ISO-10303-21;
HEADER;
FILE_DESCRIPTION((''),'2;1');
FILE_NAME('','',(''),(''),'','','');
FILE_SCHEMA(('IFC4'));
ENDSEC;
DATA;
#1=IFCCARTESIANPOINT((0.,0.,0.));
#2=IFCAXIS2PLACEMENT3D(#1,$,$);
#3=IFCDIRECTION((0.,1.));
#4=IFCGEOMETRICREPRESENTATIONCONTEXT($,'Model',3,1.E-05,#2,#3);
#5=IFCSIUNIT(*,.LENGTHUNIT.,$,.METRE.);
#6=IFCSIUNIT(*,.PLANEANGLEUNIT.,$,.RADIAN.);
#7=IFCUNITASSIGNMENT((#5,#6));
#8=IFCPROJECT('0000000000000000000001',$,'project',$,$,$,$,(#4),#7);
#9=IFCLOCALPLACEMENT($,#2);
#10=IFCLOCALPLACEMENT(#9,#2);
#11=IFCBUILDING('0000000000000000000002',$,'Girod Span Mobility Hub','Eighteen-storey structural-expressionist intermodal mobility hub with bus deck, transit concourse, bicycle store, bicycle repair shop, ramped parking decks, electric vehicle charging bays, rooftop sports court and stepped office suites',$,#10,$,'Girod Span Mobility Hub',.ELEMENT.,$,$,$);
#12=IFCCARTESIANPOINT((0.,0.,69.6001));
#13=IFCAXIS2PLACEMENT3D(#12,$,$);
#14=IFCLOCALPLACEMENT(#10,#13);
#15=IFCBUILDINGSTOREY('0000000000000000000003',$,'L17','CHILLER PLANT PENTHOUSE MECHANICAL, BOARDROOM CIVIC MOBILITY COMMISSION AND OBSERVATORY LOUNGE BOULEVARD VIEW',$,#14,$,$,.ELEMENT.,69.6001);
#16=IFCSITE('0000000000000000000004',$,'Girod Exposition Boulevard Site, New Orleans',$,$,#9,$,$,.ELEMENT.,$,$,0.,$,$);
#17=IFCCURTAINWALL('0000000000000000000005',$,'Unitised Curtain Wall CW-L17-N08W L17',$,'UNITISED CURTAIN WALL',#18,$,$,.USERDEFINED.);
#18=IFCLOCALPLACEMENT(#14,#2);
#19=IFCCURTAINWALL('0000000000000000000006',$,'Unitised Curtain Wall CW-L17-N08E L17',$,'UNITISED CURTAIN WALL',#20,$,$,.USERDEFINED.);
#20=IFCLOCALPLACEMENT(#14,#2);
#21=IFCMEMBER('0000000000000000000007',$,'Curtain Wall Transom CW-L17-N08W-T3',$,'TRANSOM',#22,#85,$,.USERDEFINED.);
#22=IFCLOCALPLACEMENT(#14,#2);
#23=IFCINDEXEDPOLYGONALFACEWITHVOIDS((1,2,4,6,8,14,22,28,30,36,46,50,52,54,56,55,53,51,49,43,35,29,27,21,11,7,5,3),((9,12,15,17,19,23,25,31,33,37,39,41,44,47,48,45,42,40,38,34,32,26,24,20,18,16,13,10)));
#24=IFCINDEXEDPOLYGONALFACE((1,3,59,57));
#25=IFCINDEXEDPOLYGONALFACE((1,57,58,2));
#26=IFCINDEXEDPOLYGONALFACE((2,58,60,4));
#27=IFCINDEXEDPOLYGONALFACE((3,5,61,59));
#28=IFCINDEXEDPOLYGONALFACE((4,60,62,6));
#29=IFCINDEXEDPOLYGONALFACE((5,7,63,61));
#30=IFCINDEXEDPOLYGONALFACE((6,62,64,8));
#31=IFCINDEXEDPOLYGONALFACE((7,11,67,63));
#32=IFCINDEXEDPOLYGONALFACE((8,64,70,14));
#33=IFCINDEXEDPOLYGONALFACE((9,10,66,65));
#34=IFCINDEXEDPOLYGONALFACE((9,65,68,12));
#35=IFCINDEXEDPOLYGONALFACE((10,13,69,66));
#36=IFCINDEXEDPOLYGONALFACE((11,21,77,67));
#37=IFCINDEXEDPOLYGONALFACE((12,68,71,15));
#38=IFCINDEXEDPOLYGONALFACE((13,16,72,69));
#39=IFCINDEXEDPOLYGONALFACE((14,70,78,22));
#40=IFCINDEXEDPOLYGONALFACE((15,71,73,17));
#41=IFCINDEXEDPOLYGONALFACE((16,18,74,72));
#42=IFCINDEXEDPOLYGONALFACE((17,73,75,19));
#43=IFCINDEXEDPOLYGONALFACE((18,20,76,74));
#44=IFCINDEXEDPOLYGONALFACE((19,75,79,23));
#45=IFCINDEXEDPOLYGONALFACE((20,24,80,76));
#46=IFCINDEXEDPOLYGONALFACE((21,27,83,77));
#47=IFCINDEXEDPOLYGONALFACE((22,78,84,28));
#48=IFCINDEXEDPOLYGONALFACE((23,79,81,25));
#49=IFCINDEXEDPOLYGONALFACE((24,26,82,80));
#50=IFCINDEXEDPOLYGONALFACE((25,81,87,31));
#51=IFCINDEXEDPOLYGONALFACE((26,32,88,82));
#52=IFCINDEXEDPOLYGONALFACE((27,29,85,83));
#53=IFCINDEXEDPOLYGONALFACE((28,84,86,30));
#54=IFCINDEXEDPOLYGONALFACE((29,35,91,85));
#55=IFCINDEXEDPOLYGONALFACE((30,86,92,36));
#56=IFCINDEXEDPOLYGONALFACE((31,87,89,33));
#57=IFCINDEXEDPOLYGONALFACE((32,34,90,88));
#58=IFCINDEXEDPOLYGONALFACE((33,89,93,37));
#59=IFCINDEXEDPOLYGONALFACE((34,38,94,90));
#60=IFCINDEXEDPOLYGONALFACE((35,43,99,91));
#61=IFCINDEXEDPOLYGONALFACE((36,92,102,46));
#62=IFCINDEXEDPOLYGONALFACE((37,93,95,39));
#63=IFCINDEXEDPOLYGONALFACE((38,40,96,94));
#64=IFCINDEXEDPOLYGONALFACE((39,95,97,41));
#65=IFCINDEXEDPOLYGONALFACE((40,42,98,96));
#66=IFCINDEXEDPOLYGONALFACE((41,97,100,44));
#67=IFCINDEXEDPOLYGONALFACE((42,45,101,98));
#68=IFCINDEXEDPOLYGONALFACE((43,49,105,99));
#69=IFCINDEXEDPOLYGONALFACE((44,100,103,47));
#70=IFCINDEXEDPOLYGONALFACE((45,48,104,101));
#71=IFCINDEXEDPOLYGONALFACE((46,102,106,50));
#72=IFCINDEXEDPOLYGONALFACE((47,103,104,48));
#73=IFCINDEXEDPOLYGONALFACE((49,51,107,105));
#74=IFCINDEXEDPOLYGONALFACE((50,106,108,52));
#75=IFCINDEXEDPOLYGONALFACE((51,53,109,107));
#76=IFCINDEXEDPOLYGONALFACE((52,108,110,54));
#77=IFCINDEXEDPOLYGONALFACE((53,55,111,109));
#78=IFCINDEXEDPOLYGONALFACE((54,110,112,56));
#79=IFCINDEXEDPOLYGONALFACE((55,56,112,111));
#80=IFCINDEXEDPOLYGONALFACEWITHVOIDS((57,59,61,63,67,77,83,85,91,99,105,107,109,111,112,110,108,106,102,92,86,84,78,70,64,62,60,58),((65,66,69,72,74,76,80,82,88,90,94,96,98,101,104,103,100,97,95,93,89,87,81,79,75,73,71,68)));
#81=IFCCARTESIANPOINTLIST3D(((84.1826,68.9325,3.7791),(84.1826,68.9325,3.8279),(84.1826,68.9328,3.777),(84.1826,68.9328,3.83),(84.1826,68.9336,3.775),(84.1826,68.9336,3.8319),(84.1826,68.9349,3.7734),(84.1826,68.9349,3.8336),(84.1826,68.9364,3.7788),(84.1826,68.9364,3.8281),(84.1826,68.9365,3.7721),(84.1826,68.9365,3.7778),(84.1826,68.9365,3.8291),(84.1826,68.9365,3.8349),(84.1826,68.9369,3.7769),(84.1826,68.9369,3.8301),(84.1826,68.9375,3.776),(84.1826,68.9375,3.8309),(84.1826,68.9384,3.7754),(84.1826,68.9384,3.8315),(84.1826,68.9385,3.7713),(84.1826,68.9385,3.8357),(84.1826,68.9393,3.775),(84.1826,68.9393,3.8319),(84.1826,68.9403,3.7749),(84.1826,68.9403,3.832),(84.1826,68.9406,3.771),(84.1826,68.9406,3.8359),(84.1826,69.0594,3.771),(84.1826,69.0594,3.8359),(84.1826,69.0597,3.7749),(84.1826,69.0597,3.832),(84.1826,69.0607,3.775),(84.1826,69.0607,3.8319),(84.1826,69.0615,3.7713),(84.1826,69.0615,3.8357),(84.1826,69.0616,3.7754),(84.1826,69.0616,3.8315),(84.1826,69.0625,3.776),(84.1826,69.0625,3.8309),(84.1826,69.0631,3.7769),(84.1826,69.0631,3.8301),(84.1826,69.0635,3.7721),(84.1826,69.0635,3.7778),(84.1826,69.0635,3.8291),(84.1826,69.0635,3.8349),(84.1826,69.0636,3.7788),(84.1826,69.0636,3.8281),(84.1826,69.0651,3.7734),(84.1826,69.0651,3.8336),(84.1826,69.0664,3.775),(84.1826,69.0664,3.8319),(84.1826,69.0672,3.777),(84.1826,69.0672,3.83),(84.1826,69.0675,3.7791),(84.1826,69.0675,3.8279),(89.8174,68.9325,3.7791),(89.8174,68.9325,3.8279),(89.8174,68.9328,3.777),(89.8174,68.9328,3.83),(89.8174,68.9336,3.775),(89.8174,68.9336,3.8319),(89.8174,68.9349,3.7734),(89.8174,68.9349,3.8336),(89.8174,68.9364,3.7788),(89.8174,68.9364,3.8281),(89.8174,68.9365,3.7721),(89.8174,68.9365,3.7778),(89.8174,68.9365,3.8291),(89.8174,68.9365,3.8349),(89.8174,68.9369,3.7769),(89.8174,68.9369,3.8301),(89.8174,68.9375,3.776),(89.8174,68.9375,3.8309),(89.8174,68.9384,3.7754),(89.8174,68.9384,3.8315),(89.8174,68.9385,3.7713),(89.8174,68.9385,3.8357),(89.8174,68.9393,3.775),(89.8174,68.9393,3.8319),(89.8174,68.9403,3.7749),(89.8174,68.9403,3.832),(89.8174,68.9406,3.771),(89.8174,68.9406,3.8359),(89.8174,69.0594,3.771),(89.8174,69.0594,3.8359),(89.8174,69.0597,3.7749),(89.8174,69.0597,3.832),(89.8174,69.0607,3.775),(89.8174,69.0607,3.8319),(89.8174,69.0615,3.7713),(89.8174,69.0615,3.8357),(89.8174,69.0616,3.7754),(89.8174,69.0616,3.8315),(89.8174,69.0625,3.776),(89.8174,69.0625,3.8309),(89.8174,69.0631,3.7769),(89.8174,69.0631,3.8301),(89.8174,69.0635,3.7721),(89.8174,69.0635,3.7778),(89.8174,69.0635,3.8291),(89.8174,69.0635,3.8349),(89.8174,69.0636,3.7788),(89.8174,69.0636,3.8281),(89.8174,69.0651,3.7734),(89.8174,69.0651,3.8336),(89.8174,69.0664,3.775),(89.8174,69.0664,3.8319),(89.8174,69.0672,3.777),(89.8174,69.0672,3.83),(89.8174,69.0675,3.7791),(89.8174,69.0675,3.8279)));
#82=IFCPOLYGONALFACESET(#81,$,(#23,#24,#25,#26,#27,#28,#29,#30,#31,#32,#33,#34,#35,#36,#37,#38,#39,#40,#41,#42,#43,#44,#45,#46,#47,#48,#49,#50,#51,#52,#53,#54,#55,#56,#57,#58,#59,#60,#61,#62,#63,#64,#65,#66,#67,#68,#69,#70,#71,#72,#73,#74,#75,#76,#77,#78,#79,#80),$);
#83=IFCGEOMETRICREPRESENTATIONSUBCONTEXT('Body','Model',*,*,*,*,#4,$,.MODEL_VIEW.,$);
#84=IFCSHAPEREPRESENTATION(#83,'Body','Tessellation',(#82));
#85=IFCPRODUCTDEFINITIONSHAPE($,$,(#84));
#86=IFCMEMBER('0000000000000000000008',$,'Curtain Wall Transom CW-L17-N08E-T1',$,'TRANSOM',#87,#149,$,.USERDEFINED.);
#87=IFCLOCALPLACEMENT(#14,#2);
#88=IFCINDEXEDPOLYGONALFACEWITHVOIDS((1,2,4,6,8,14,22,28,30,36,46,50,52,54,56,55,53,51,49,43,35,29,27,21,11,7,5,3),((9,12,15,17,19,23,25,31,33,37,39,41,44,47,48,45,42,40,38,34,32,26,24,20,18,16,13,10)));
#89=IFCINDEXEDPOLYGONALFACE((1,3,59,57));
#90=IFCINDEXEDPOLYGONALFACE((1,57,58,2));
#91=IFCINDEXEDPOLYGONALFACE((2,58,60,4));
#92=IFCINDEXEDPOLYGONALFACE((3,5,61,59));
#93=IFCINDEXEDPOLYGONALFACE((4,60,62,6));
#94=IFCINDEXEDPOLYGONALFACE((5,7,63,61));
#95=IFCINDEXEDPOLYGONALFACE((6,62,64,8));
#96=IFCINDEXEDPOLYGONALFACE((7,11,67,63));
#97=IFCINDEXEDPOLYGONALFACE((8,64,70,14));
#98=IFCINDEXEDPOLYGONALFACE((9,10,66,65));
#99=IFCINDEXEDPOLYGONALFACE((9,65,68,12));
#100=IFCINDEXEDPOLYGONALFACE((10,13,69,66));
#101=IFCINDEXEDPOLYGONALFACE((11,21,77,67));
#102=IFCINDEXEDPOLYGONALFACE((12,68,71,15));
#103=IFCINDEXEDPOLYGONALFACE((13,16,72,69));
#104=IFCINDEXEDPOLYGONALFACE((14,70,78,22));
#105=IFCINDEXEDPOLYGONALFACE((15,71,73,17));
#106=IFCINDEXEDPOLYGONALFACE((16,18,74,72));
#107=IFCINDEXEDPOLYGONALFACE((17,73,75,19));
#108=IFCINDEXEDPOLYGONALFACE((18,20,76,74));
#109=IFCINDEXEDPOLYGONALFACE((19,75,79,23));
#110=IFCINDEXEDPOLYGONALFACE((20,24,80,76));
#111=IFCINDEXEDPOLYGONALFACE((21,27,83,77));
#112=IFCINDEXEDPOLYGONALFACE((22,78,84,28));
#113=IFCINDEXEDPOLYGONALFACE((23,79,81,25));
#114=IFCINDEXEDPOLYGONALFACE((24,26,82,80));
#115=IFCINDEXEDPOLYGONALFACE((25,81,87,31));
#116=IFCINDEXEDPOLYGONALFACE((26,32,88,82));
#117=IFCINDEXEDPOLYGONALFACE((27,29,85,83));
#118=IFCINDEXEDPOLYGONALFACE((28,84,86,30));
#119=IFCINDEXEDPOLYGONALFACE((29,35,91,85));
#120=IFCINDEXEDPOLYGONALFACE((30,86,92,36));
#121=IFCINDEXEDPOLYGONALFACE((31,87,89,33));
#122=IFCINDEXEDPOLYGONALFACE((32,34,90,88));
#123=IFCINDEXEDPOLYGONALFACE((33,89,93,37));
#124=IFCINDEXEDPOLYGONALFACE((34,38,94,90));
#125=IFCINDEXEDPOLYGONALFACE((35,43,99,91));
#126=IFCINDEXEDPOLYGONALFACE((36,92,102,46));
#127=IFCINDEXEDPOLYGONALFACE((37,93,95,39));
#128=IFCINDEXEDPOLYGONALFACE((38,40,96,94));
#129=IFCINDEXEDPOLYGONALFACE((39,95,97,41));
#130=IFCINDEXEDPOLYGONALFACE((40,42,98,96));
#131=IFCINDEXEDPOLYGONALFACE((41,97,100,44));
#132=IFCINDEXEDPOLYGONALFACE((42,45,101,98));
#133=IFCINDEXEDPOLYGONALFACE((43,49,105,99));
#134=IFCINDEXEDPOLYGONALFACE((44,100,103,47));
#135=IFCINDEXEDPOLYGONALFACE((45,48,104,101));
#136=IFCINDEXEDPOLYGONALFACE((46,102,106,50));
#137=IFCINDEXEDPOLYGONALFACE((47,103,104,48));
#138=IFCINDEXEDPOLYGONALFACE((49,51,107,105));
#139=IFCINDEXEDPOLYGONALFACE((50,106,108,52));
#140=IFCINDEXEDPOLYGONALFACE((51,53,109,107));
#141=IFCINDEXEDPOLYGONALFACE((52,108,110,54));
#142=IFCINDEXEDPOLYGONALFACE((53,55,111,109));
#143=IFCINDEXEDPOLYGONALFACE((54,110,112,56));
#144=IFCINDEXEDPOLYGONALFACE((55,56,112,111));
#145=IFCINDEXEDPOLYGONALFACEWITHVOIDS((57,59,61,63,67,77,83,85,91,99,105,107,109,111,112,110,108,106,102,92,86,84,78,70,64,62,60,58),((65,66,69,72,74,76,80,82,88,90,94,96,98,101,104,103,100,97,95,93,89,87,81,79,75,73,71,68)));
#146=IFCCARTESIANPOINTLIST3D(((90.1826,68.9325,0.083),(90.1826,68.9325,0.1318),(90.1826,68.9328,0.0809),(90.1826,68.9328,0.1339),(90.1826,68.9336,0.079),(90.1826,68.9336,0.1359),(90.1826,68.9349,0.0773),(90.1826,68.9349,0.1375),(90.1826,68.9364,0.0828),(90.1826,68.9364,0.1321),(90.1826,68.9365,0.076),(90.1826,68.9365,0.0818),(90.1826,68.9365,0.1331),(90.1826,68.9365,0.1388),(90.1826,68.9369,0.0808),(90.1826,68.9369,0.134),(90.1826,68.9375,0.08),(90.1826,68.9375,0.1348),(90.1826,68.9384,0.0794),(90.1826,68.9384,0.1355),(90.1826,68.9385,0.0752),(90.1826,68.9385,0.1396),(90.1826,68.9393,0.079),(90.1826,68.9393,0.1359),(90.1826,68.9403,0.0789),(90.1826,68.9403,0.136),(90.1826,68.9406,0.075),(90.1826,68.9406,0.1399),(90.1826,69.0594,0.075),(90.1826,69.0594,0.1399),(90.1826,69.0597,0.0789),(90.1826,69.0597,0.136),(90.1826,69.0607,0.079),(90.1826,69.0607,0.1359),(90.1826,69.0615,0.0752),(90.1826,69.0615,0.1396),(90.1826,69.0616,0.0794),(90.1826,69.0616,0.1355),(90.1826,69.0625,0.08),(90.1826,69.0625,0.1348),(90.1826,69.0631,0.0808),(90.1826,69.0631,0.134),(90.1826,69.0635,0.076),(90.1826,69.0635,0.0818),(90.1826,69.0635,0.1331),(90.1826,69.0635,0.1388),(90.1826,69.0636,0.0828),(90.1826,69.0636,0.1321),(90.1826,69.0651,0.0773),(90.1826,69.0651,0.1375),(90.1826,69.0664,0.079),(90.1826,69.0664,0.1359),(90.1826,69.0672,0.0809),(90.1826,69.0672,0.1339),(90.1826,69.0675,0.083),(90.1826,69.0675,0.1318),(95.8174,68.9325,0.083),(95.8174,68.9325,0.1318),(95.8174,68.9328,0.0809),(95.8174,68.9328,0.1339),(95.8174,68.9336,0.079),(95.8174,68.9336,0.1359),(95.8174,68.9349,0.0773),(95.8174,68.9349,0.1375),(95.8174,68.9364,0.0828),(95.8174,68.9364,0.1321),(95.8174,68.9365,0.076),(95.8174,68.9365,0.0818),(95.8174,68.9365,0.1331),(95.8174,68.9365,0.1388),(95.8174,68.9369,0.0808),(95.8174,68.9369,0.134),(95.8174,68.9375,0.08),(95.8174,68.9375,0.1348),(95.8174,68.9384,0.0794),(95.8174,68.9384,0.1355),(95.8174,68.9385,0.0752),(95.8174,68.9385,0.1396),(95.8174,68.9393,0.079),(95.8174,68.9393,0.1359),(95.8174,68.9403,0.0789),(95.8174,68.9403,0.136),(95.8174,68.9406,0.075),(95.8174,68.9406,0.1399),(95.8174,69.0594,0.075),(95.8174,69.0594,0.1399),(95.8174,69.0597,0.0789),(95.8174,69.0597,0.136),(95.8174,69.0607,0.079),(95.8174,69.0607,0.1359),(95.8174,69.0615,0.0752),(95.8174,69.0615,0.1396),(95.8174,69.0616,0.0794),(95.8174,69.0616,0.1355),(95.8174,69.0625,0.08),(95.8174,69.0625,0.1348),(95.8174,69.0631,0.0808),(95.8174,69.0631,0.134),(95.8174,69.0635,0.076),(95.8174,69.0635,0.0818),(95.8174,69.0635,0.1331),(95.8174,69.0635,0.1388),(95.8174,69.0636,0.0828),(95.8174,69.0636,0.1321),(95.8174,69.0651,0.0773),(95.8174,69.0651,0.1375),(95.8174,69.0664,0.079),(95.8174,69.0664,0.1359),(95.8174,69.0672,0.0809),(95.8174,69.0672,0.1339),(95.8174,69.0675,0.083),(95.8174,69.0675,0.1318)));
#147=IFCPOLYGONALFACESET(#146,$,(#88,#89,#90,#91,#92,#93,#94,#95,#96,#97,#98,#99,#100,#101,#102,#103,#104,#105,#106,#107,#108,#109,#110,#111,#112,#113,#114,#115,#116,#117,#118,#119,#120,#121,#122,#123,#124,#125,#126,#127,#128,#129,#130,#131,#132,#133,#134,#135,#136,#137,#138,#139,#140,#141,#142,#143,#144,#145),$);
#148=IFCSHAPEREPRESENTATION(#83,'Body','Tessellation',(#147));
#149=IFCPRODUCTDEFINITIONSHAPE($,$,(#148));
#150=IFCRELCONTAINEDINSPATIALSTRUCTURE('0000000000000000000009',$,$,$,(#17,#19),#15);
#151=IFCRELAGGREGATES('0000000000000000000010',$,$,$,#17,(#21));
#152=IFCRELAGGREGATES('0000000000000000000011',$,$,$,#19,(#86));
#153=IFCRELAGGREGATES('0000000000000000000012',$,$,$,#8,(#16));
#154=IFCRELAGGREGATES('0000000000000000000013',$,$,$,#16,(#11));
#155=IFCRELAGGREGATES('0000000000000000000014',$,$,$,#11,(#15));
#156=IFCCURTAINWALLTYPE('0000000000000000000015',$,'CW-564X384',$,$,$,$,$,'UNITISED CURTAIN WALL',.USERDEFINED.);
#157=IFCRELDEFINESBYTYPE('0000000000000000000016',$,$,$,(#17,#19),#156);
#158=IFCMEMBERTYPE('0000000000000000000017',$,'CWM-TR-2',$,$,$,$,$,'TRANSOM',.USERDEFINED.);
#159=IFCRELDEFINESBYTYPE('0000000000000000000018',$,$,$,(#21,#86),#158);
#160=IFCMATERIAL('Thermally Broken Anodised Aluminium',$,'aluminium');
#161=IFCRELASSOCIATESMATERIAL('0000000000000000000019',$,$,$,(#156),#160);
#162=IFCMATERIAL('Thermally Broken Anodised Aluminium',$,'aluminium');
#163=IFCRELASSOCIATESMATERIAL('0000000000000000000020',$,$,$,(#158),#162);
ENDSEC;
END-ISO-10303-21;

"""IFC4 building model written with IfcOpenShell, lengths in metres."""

from ifc_helpers import new_model, si_unit, direction, frame, origin, origin_2d, place, context, subcontext, project, spatial, hollow_rectangle, extrude, material, material_profile, profile_set, type_object, element, aggregate, save


model = new_model("IFC4")

# Units and contexts
model_context = context("Model", 3, precision=1e-05, world=origin(), true_north=direction((0.0, 1.0)))
body_context = subcontext(model_context, "Body", "Model", "MODEL_VIEW")
ifc_project = project(units=[si_unit("LENGTHUNIT", "METRE"), si_unit("PLANEANGLEUNIT", "RADIAN")], contexts=[model_context])

# Site, building, storey
site_placement = place(None, origin())
site = spatial("IfcSite", under=ifc_project, at=site_placement, Name="Girod Exposition Boulevard Site, New Orleans", CompositionType="ELEMENT", RefElevation=0.0)
building_placement = place(site_placement, origin())
building = spatial("IfcBuilding", under=site, at=building_placement, Name="Girod Span Mobility Hub", Description="Eighteen-storey structural-expressionist intermodal mobility hub with bus deck, transit concourse, bicycle store, bicycle repair shop, ramped parking decks, electric vehicle charging bays, rooftop sports court and stepped office suites", LongName="Girod Span Mobility Hub", CompositionType="ELEMENT")
storey_placement = place(building_placement, frame((0.0, 0.0, 69.6001)))
storey = spatial("IfcBuildingStorey", under=building, at=storey_placement, Name="L17", Description="CHILLER PLANT PENTHOUSE MECHANICAL, BOARDROOM CIVIC MOBILITY COMMISSION AND OBSERVATORY LOUNGE BOULEVARD VIEW", CompositionType="ELEMENT", Elevation=69.6001)

# Shared definitions
ifc_material_1 = material(Name="Thermally Broken Anodised Aluminium", Category="aluminium")
curtain_wall_type = type_object("IfcCurtainWallType", Name="CW-564X384", ElementType="UNITISED CURTAIN WALL", PredefinedType="USERDEFINED", material=ifc_material_1)

# Curtain walls
curtain_wall_1_placement = place(storey_placement, origin())
curtain_wall_1 = element("IfcCurtainWall", 1, at=curtain_wall_1_placement, inside=storey, type_object=curtain_wall_type, Name="Unitised Curtain Wall CW-L17-N08W L17", ObjectType="UNITISED CURTAIN WALL", PredefinedType="USERDEFINED")
curtain_wall_2_placement = place(storey_placement, origin())
curtain_wall_2 = element("IfcCurtainWall", 2, at=curtain_wall_2_placement, inside=storey, type_object=curtain_wall_type, Name="Unitised Curtain Wall CW-L17-N08E L17", ObjectType="UNITISED CURTAIN WALL", PredefinedType="USERDEFINED")

# Members
ifc_material_2 = material(Name="Thermally Broken Anodised Aluminium", Category="aluminium")
ifc_material_profile_1 = material_profile(ifc_material_2, hollow_rectangle(XDim=0.135, YDim=0.0649, WallThickness=0.0039, InnerFilletRadius=0.0039, OuterFilletRadius=0.0081, at=origin_2d()), Name="CW-TR-65X135")
ifc_profile_set_1 = profile_set([ifc_material_profile_1], Name="Thermally Broken Anodised Aluminium")
member_type_1 = type_object("IfcMemberType", Name="CWM-TR-2", ElementType="TRANSOM", PredefinedType="USERDEFINED", material=ifc_profile_set_1)
member_1_placement = place(storey_placement, frame((84.1826, 69.0, 3.8035), z_axis=(1.0, 0.0, 0.0), x_axis=(0.0, 1.0, 0.0)))
member_1 = element("IfcMember", 3, at=member_1_placement, type_object=member_type_1, Name="Curtain Wall Transom CW-L17-N08W-T3", ObjectType="TRANSOM", PredefinedType="USERDEFINED", context=body_context, shape_type="SweptSolid", body=[
    extrude(hollow_rectangle(XDim=0.135, YDim=0.0649, WallThickness=0.0039, InnerFilletRadius=0.0039, OuterFilletRadius=0.0081, at=origin_2d()), origin(), (0.0, 0.0, 1.0), 5.6348),
])
member_2_placement = place(storey_placement, frame((90.1826, 69.0, 0.1074), z_axis=(1.0, 0.0, 0.0), x_axis=(0.0, 1.0, 0.0)))
member_2 = element("IfcMember", 4, at=member_2_placement, type_object=member_type_1, Name="Curtain Wall Transom CW-L17-N08E-T1", ObjectType="TRANSOM", PredefinedType="USERDEFINED", context=body_context, shape_type="SweptSolid", body=[
    extrude(hollow_rectangle(XDim=0.135, YDim=0.0649, WallThickness=0.0039, InnerFilletRadius=0.0039, OuterFilletRadius=0.0081, at=origin_2d()), origin(), (0.0, 0.0, 1.0), 5.6348),
])

aggregate(curtain_wall_1, [member_1])
aggregate(curtain_wall_2, [member_2])

save(model, "model.ifc")
